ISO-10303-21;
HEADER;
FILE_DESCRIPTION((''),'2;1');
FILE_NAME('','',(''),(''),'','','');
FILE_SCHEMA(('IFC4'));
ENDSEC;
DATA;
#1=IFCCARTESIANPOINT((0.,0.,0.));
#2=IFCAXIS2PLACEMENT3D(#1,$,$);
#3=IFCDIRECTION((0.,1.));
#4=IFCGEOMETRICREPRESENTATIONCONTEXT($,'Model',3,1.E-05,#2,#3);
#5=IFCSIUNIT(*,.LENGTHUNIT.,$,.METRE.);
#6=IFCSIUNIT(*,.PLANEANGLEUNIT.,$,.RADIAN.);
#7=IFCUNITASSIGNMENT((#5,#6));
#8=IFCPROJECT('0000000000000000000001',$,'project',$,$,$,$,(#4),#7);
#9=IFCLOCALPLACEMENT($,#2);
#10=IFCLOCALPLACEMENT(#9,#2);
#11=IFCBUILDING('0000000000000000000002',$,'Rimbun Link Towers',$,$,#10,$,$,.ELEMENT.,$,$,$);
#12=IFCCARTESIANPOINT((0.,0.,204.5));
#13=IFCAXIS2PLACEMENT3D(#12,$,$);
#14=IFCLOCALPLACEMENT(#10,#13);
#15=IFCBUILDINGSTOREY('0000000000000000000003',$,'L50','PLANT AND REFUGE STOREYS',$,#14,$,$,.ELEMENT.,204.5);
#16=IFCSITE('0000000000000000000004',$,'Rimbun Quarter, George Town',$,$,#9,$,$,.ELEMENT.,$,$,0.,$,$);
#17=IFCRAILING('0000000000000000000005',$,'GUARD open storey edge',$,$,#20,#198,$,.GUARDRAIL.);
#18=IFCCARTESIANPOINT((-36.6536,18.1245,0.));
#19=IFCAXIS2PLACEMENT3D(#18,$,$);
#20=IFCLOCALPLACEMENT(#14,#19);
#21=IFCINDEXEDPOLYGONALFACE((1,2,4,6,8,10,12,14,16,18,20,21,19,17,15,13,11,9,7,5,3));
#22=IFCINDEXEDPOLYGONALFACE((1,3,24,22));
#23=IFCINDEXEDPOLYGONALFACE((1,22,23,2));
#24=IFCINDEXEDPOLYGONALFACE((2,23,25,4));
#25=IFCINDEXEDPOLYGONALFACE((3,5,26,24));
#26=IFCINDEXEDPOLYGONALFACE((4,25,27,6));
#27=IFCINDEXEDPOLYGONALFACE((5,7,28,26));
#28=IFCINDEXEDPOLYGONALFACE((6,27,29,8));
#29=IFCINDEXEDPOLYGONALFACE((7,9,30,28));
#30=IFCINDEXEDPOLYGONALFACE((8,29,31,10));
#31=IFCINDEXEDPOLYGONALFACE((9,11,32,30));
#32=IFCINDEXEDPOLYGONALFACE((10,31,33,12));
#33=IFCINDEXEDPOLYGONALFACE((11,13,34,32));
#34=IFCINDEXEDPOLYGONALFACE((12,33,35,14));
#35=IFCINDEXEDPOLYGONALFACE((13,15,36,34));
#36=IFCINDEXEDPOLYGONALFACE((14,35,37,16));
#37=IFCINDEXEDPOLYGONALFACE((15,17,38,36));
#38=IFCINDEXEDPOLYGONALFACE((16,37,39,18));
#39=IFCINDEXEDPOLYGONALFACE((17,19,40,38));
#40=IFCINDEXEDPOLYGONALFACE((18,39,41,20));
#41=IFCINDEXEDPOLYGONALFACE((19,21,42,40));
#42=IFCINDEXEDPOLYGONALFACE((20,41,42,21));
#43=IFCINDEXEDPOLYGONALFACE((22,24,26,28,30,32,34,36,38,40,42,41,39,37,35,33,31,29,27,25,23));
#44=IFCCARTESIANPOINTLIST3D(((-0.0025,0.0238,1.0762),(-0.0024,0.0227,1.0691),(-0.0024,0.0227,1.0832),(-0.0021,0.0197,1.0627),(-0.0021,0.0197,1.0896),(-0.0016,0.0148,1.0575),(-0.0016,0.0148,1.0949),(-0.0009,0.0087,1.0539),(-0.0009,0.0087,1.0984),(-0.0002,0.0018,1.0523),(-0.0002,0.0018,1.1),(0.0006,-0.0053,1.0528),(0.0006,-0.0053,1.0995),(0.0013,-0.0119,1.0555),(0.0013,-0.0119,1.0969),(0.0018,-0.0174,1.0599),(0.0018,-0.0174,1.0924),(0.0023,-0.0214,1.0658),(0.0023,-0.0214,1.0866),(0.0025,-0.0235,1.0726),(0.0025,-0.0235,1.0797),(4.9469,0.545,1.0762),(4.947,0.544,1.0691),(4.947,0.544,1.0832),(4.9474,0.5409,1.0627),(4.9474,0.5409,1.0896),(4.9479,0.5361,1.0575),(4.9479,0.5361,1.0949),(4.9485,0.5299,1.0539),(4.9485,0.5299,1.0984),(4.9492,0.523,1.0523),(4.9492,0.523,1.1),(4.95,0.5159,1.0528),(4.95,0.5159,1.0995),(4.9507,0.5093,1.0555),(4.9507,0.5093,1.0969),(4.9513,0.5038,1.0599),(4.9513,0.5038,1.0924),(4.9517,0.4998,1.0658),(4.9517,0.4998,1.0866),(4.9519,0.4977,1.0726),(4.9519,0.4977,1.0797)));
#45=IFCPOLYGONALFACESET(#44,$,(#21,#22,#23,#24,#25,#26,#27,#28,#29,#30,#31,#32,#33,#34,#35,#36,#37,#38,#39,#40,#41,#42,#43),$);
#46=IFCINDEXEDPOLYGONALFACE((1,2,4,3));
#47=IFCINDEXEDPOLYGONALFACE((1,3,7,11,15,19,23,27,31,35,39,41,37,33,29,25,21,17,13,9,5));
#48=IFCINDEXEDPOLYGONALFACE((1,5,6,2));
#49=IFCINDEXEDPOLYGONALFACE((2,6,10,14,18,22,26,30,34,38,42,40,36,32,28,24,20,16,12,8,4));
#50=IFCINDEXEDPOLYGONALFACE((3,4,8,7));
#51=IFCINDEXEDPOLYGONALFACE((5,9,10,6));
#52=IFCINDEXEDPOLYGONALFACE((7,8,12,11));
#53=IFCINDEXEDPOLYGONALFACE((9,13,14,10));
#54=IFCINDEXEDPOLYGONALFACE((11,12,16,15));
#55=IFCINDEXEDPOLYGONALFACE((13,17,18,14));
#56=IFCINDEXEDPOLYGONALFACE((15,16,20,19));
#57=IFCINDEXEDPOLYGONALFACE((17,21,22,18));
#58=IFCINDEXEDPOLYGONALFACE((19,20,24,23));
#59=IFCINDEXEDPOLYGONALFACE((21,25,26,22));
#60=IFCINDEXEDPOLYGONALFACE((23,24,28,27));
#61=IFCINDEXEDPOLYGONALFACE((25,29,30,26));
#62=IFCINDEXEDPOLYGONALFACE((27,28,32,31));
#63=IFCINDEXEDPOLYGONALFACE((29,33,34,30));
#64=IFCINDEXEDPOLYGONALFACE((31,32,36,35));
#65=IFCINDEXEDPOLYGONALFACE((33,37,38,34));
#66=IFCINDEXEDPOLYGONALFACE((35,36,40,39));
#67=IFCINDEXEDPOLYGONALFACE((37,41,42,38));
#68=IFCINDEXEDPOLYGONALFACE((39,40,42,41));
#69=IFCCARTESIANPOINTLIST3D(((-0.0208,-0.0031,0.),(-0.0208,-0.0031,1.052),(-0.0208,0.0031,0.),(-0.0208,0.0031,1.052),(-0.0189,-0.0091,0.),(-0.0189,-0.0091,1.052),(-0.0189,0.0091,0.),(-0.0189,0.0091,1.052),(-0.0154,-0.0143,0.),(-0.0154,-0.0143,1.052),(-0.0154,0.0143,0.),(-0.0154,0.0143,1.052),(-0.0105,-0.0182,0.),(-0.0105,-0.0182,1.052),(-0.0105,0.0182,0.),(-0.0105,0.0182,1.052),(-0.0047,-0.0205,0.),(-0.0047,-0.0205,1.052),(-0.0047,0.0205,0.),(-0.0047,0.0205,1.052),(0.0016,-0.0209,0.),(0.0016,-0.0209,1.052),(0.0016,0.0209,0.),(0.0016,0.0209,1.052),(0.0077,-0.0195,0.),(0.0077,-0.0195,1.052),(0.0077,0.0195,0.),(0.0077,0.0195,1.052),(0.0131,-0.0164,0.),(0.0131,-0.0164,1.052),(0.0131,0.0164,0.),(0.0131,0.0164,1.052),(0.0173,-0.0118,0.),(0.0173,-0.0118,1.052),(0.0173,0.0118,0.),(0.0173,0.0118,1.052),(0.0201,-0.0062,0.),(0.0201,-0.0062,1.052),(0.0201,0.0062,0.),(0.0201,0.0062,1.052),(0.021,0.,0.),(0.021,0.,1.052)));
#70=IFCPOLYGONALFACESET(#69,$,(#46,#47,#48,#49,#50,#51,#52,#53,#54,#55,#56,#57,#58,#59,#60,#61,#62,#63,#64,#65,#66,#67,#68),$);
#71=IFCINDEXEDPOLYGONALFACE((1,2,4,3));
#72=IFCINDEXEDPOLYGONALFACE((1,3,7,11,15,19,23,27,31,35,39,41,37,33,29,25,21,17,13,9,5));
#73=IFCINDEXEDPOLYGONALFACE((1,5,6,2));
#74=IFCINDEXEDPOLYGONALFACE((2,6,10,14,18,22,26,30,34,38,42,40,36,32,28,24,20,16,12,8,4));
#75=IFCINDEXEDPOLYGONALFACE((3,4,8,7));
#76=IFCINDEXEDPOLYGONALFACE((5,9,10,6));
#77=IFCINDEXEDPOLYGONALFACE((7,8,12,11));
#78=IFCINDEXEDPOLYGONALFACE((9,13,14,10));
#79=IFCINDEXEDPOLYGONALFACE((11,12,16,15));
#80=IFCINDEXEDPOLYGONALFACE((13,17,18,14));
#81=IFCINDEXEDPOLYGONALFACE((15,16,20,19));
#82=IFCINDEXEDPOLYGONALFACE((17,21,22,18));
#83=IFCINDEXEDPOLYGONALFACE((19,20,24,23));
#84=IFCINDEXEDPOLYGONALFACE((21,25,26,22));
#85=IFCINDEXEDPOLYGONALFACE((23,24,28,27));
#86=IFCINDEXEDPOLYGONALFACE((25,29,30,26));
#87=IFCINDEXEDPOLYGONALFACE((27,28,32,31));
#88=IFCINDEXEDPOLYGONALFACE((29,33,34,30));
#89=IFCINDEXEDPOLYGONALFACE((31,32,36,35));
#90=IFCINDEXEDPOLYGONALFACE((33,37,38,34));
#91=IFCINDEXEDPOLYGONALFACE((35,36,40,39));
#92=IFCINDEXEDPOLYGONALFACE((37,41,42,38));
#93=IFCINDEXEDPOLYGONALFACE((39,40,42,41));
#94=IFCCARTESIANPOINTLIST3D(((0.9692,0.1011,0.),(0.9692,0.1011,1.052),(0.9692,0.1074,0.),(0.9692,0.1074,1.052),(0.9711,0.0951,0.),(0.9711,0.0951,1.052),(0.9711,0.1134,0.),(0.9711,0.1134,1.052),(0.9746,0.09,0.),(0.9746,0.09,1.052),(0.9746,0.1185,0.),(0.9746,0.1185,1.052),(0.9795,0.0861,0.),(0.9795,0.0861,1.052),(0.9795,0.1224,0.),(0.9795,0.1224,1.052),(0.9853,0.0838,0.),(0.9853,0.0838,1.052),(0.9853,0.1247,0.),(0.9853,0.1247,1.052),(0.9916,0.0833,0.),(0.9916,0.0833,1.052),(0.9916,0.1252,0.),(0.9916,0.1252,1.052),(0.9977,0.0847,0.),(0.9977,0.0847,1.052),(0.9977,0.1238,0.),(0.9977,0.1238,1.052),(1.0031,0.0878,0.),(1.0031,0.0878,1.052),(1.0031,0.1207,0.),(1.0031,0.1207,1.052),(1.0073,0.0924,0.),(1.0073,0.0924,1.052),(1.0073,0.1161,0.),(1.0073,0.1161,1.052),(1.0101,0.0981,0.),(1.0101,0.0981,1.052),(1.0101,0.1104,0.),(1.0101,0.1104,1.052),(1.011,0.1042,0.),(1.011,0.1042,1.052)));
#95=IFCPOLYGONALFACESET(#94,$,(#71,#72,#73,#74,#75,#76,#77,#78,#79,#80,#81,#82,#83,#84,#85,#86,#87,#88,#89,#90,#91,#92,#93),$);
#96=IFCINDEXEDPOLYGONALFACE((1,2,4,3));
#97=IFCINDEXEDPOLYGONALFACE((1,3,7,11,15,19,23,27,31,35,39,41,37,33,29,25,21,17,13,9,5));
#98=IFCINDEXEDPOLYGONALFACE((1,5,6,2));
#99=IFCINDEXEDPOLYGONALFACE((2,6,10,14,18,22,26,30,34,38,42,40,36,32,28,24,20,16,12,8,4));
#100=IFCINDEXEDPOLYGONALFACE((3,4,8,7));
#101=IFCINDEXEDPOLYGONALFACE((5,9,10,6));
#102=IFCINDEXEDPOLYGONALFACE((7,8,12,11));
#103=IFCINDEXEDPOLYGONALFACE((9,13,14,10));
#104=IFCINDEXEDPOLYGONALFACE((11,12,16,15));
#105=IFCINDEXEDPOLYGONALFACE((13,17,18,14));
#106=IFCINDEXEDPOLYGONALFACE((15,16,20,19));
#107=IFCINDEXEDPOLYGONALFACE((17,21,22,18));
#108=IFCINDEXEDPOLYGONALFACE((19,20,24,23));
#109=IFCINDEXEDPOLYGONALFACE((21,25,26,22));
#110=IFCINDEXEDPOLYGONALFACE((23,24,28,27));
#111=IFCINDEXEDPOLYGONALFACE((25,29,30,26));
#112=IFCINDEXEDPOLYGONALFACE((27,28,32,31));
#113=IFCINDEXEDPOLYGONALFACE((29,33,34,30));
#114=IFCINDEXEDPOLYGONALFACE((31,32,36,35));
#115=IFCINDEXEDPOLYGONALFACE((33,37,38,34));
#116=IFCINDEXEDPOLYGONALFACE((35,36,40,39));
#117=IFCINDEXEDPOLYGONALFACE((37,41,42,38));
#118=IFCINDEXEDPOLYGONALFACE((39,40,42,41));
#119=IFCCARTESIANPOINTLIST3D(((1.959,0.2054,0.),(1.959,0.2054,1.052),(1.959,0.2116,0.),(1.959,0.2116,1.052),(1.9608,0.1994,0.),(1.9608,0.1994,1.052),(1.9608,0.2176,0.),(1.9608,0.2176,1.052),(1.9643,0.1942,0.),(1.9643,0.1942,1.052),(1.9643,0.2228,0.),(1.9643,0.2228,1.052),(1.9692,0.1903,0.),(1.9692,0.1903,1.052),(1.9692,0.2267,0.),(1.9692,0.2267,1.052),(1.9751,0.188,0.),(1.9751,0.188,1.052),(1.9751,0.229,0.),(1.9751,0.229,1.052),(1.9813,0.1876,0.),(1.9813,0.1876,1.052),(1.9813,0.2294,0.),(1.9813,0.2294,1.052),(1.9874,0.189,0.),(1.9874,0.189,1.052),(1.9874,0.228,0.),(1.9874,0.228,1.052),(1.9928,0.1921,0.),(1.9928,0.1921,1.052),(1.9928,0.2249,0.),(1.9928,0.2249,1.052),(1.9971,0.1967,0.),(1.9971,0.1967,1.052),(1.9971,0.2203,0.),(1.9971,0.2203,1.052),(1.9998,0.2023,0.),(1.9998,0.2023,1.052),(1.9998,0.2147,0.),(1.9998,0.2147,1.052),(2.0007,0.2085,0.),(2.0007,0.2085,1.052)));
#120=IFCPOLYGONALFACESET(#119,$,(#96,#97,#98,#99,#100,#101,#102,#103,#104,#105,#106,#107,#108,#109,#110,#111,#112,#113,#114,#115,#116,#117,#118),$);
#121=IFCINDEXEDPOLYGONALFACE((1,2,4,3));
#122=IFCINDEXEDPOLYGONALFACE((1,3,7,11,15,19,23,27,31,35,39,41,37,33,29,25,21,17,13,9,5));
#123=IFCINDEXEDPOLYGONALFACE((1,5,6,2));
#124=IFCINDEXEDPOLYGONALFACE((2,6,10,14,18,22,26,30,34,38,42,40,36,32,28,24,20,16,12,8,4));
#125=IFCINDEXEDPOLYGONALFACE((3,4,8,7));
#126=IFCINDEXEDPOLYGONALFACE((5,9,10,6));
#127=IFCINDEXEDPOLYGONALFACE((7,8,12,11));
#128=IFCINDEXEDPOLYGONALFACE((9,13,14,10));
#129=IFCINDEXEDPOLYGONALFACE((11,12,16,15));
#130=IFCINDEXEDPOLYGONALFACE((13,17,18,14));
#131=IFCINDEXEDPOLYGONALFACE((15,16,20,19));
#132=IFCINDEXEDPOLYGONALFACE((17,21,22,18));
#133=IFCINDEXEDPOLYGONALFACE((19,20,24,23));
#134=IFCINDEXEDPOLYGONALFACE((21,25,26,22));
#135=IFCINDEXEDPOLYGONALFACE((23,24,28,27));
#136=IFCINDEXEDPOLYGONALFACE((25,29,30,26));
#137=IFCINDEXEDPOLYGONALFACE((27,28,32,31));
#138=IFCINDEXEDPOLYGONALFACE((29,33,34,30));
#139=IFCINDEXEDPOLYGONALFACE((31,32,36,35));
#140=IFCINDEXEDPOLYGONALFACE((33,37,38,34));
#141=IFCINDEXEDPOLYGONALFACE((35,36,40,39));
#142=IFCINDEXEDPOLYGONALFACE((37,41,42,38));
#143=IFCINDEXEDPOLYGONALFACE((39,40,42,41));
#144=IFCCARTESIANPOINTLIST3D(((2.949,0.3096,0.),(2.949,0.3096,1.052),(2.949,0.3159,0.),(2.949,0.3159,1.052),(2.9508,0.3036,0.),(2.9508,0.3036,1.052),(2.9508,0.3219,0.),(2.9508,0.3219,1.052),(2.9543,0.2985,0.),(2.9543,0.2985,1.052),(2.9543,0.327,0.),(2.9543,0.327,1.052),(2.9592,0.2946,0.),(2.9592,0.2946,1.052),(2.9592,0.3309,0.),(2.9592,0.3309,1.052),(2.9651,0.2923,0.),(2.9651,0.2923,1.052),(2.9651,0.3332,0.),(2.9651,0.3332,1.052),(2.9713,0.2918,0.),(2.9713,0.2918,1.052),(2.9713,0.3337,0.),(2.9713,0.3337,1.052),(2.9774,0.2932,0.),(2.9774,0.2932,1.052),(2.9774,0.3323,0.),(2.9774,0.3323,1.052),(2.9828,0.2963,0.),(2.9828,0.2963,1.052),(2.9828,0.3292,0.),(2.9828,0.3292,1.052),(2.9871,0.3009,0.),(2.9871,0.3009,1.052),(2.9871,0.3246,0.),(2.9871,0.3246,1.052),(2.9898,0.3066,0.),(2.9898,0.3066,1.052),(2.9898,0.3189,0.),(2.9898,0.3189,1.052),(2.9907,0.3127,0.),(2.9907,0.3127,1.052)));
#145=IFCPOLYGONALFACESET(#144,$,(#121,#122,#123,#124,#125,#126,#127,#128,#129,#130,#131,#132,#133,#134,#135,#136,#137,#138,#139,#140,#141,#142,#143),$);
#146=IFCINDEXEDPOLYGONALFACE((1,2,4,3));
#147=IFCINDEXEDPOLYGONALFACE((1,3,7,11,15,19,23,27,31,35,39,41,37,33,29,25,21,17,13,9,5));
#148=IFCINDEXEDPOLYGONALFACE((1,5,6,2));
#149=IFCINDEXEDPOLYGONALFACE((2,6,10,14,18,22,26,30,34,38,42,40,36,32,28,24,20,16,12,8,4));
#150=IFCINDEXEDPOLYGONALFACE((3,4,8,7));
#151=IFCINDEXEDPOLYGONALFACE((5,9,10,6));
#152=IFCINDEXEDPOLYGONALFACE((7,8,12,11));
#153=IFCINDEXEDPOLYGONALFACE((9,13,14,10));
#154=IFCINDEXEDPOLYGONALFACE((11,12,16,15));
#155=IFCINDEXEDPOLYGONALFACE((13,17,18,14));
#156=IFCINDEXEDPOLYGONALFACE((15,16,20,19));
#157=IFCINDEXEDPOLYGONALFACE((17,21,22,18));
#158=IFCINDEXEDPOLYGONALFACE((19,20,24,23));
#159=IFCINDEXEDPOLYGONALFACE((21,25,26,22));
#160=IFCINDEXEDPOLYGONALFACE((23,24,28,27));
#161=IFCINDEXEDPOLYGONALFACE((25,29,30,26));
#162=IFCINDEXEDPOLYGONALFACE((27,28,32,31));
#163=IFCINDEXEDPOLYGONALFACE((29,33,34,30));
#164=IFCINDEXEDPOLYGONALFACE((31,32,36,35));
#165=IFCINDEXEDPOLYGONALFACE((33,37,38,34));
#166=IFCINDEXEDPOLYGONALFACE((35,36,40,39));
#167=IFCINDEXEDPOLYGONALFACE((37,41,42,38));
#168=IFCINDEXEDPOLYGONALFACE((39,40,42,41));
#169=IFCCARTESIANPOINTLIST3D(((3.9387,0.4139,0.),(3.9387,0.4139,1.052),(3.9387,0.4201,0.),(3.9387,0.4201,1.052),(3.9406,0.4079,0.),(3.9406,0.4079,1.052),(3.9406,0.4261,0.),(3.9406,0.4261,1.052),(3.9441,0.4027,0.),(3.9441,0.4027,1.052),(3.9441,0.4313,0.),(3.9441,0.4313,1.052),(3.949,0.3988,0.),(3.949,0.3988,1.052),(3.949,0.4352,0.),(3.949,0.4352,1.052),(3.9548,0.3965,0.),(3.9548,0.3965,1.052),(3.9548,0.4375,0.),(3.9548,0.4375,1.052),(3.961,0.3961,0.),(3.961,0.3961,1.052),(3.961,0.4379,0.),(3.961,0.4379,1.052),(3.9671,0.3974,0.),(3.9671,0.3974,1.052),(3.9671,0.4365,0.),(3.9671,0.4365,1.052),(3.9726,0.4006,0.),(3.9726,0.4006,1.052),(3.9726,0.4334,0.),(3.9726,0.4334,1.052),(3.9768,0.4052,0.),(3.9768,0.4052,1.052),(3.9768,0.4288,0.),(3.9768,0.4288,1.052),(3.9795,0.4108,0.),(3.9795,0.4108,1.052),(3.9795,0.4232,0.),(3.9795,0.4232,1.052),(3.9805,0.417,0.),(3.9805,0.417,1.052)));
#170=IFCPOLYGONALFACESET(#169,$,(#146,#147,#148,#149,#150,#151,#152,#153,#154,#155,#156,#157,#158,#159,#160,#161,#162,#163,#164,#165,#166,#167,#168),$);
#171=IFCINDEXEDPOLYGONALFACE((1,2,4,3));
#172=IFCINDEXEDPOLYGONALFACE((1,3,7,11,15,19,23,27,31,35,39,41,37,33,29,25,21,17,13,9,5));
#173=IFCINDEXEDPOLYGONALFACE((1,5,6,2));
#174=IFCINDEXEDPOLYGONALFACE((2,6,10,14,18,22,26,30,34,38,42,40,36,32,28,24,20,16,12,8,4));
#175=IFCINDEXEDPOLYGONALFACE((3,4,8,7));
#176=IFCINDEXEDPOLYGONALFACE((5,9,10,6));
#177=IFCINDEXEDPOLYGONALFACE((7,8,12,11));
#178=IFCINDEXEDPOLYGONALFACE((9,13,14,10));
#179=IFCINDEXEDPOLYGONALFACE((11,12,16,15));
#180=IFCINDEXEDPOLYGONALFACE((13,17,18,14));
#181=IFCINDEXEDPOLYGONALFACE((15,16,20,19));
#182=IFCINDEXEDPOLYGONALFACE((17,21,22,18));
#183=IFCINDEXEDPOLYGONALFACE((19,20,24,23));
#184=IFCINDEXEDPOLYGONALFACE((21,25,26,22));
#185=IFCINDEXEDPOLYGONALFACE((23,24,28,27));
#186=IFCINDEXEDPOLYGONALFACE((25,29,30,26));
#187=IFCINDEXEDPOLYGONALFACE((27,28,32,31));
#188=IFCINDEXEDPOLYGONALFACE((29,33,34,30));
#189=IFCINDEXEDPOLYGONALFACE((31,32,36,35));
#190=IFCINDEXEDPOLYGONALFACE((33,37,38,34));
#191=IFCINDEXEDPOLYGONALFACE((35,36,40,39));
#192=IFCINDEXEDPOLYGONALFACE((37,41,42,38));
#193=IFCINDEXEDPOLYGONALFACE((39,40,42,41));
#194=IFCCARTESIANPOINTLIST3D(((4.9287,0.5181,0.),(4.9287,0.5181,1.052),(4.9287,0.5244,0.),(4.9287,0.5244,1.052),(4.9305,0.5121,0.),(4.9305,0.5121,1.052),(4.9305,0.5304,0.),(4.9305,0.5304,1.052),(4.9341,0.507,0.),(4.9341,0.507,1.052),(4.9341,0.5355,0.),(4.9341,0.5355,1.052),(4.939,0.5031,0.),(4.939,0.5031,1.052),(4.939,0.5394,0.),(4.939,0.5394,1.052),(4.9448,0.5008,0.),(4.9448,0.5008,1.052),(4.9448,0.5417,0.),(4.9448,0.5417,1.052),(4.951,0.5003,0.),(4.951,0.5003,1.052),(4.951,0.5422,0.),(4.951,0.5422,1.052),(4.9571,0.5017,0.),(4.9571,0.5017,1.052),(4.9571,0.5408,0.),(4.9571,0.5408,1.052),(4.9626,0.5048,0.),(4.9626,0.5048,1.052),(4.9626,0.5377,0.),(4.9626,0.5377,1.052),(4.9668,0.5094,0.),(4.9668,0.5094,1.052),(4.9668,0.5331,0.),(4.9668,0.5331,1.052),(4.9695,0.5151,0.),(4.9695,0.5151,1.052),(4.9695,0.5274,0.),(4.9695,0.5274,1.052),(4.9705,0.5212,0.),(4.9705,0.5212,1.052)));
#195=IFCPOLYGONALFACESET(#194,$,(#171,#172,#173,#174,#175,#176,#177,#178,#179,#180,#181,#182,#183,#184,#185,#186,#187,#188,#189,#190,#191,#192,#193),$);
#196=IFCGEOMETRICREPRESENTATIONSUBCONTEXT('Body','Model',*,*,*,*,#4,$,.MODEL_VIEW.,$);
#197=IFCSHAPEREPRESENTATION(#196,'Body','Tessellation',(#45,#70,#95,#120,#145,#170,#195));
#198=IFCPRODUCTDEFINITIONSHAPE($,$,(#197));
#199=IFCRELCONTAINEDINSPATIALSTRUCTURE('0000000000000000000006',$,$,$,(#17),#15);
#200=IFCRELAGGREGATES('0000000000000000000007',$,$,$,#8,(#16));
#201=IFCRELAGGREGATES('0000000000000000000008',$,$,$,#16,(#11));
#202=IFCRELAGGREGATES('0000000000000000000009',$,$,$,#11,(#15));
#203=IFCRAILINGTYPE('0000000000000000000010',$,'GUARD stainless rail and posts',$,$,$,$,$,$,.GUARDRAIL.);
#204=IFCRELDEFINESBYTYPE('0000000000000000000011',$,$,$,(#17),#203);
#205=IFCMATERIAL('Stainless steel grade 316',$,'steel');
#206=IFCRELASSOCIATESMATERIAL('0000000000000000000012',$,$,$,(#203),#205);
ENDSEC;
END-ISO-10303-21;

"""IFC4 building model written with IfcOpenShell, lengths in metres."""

from ifc_helpers import new_model, si_unit, direction, frame, origin, origin_2d, place, context, subcontext, project, spatial, circle, extrude, material, type_object, element, save


model = new_model("IFC4")

# Units and contexts
model_context = context("Model", 3, precision=1e-05, world=origin(), true_north=direction((0.0, 1.0)))
body_context = subcontext(model_context, "Body", "Model", "MODEL_VIEW")
ifc_project = project(units=[si_unit("LENGTHUNIT", "METRE"), si_unit("PLANEANGLEUNIT", "RADIAN")], contexts=[model_context])

# Site, building, storey
site_placement = place(None, origin())
site = spatial("IfcSite", under=ifc_project, at=site_placement, Name="Rimbun Quarter, George Town", CompositionType="ELEMENT", RefElevation=0.0)
building_placement = place(site_placement, origin())
building = spatial("IfcBuilding", under=site, at=building_placement, Name="Rimbun Link Towers", CompositionType="ELEMENT")
storey_placement = place(building_placement, frame((0.0, 0.0, 204.5)))
storey = spatial("IfcBuildingStorey", under=building, at=storey_placement, Name="L50", Description="PLANT AND REFUGE STOREYS", CompositionType="ELEMENT", Elevation=204.5)

# Railing
ifc_material_1 = material(Name="Stainless steel grade 316", Category="steel")
railing_type = type_object("IfcRailingType", Name="GUARD stainless rail and posts", PredefinedType="GUARDRAIL", material=ifc_material_1)
railing_1_placement = place(storey_placement, frame((-36.6536, 18.1245, 0.0)))
element("IfcRailing", 1, at=railing_1_placement, inside=storey, type_object=railing_type, Name="GUARD open storey edge", PredefinedType="GUARDRAIL", context=body_context, shape_type="SweptSolid", body=[
    extrude(circle(Radius=0.0239, at=origin_2d()), frame((0.0, 0.0, 1.0762), z_axis=(0.9945, 0.104733, 0.0), x_axis=(-0.104733, 0.9945, 0.0)), (0.0, 0.0, 1.0), 4.9768),
    extrude(circle(Radius=0.021, at=origin_2d()), origin(), (0.0, 0.0, 1.0), 1.052),
    extrude(circle(Radius=0.021, at=origin_2d()), frame((0.99, 0.1042, 0.0)), (0.0, 0.0, 1.0), 1.052),
    extrude(circle(Radius=0.021, at=origin_2d()), frame((1.9797, 0.2085, 0.0)), (0.0, 0.0, 1.0), 1.052),
    extrude(circle(Radius=0.021, at=origin_2d()), frame((2.9697, 0.3127, 0.0)), (0.0, 0.0, 1.0), 1.052),
    extrude(circle(Radius=0.021, at=origin_2d()), frame((3.9595, 0.417, 0.0)), (0.0, 0.0, 1.0), 1.052),
    extrude(circle(Radius=0.021, at=origin_2d()), frame((4.9495, 0.5212, 0.0)), (0.0, 0.0, 1.0), 1.052),
])

save(model, "model.ifc")
